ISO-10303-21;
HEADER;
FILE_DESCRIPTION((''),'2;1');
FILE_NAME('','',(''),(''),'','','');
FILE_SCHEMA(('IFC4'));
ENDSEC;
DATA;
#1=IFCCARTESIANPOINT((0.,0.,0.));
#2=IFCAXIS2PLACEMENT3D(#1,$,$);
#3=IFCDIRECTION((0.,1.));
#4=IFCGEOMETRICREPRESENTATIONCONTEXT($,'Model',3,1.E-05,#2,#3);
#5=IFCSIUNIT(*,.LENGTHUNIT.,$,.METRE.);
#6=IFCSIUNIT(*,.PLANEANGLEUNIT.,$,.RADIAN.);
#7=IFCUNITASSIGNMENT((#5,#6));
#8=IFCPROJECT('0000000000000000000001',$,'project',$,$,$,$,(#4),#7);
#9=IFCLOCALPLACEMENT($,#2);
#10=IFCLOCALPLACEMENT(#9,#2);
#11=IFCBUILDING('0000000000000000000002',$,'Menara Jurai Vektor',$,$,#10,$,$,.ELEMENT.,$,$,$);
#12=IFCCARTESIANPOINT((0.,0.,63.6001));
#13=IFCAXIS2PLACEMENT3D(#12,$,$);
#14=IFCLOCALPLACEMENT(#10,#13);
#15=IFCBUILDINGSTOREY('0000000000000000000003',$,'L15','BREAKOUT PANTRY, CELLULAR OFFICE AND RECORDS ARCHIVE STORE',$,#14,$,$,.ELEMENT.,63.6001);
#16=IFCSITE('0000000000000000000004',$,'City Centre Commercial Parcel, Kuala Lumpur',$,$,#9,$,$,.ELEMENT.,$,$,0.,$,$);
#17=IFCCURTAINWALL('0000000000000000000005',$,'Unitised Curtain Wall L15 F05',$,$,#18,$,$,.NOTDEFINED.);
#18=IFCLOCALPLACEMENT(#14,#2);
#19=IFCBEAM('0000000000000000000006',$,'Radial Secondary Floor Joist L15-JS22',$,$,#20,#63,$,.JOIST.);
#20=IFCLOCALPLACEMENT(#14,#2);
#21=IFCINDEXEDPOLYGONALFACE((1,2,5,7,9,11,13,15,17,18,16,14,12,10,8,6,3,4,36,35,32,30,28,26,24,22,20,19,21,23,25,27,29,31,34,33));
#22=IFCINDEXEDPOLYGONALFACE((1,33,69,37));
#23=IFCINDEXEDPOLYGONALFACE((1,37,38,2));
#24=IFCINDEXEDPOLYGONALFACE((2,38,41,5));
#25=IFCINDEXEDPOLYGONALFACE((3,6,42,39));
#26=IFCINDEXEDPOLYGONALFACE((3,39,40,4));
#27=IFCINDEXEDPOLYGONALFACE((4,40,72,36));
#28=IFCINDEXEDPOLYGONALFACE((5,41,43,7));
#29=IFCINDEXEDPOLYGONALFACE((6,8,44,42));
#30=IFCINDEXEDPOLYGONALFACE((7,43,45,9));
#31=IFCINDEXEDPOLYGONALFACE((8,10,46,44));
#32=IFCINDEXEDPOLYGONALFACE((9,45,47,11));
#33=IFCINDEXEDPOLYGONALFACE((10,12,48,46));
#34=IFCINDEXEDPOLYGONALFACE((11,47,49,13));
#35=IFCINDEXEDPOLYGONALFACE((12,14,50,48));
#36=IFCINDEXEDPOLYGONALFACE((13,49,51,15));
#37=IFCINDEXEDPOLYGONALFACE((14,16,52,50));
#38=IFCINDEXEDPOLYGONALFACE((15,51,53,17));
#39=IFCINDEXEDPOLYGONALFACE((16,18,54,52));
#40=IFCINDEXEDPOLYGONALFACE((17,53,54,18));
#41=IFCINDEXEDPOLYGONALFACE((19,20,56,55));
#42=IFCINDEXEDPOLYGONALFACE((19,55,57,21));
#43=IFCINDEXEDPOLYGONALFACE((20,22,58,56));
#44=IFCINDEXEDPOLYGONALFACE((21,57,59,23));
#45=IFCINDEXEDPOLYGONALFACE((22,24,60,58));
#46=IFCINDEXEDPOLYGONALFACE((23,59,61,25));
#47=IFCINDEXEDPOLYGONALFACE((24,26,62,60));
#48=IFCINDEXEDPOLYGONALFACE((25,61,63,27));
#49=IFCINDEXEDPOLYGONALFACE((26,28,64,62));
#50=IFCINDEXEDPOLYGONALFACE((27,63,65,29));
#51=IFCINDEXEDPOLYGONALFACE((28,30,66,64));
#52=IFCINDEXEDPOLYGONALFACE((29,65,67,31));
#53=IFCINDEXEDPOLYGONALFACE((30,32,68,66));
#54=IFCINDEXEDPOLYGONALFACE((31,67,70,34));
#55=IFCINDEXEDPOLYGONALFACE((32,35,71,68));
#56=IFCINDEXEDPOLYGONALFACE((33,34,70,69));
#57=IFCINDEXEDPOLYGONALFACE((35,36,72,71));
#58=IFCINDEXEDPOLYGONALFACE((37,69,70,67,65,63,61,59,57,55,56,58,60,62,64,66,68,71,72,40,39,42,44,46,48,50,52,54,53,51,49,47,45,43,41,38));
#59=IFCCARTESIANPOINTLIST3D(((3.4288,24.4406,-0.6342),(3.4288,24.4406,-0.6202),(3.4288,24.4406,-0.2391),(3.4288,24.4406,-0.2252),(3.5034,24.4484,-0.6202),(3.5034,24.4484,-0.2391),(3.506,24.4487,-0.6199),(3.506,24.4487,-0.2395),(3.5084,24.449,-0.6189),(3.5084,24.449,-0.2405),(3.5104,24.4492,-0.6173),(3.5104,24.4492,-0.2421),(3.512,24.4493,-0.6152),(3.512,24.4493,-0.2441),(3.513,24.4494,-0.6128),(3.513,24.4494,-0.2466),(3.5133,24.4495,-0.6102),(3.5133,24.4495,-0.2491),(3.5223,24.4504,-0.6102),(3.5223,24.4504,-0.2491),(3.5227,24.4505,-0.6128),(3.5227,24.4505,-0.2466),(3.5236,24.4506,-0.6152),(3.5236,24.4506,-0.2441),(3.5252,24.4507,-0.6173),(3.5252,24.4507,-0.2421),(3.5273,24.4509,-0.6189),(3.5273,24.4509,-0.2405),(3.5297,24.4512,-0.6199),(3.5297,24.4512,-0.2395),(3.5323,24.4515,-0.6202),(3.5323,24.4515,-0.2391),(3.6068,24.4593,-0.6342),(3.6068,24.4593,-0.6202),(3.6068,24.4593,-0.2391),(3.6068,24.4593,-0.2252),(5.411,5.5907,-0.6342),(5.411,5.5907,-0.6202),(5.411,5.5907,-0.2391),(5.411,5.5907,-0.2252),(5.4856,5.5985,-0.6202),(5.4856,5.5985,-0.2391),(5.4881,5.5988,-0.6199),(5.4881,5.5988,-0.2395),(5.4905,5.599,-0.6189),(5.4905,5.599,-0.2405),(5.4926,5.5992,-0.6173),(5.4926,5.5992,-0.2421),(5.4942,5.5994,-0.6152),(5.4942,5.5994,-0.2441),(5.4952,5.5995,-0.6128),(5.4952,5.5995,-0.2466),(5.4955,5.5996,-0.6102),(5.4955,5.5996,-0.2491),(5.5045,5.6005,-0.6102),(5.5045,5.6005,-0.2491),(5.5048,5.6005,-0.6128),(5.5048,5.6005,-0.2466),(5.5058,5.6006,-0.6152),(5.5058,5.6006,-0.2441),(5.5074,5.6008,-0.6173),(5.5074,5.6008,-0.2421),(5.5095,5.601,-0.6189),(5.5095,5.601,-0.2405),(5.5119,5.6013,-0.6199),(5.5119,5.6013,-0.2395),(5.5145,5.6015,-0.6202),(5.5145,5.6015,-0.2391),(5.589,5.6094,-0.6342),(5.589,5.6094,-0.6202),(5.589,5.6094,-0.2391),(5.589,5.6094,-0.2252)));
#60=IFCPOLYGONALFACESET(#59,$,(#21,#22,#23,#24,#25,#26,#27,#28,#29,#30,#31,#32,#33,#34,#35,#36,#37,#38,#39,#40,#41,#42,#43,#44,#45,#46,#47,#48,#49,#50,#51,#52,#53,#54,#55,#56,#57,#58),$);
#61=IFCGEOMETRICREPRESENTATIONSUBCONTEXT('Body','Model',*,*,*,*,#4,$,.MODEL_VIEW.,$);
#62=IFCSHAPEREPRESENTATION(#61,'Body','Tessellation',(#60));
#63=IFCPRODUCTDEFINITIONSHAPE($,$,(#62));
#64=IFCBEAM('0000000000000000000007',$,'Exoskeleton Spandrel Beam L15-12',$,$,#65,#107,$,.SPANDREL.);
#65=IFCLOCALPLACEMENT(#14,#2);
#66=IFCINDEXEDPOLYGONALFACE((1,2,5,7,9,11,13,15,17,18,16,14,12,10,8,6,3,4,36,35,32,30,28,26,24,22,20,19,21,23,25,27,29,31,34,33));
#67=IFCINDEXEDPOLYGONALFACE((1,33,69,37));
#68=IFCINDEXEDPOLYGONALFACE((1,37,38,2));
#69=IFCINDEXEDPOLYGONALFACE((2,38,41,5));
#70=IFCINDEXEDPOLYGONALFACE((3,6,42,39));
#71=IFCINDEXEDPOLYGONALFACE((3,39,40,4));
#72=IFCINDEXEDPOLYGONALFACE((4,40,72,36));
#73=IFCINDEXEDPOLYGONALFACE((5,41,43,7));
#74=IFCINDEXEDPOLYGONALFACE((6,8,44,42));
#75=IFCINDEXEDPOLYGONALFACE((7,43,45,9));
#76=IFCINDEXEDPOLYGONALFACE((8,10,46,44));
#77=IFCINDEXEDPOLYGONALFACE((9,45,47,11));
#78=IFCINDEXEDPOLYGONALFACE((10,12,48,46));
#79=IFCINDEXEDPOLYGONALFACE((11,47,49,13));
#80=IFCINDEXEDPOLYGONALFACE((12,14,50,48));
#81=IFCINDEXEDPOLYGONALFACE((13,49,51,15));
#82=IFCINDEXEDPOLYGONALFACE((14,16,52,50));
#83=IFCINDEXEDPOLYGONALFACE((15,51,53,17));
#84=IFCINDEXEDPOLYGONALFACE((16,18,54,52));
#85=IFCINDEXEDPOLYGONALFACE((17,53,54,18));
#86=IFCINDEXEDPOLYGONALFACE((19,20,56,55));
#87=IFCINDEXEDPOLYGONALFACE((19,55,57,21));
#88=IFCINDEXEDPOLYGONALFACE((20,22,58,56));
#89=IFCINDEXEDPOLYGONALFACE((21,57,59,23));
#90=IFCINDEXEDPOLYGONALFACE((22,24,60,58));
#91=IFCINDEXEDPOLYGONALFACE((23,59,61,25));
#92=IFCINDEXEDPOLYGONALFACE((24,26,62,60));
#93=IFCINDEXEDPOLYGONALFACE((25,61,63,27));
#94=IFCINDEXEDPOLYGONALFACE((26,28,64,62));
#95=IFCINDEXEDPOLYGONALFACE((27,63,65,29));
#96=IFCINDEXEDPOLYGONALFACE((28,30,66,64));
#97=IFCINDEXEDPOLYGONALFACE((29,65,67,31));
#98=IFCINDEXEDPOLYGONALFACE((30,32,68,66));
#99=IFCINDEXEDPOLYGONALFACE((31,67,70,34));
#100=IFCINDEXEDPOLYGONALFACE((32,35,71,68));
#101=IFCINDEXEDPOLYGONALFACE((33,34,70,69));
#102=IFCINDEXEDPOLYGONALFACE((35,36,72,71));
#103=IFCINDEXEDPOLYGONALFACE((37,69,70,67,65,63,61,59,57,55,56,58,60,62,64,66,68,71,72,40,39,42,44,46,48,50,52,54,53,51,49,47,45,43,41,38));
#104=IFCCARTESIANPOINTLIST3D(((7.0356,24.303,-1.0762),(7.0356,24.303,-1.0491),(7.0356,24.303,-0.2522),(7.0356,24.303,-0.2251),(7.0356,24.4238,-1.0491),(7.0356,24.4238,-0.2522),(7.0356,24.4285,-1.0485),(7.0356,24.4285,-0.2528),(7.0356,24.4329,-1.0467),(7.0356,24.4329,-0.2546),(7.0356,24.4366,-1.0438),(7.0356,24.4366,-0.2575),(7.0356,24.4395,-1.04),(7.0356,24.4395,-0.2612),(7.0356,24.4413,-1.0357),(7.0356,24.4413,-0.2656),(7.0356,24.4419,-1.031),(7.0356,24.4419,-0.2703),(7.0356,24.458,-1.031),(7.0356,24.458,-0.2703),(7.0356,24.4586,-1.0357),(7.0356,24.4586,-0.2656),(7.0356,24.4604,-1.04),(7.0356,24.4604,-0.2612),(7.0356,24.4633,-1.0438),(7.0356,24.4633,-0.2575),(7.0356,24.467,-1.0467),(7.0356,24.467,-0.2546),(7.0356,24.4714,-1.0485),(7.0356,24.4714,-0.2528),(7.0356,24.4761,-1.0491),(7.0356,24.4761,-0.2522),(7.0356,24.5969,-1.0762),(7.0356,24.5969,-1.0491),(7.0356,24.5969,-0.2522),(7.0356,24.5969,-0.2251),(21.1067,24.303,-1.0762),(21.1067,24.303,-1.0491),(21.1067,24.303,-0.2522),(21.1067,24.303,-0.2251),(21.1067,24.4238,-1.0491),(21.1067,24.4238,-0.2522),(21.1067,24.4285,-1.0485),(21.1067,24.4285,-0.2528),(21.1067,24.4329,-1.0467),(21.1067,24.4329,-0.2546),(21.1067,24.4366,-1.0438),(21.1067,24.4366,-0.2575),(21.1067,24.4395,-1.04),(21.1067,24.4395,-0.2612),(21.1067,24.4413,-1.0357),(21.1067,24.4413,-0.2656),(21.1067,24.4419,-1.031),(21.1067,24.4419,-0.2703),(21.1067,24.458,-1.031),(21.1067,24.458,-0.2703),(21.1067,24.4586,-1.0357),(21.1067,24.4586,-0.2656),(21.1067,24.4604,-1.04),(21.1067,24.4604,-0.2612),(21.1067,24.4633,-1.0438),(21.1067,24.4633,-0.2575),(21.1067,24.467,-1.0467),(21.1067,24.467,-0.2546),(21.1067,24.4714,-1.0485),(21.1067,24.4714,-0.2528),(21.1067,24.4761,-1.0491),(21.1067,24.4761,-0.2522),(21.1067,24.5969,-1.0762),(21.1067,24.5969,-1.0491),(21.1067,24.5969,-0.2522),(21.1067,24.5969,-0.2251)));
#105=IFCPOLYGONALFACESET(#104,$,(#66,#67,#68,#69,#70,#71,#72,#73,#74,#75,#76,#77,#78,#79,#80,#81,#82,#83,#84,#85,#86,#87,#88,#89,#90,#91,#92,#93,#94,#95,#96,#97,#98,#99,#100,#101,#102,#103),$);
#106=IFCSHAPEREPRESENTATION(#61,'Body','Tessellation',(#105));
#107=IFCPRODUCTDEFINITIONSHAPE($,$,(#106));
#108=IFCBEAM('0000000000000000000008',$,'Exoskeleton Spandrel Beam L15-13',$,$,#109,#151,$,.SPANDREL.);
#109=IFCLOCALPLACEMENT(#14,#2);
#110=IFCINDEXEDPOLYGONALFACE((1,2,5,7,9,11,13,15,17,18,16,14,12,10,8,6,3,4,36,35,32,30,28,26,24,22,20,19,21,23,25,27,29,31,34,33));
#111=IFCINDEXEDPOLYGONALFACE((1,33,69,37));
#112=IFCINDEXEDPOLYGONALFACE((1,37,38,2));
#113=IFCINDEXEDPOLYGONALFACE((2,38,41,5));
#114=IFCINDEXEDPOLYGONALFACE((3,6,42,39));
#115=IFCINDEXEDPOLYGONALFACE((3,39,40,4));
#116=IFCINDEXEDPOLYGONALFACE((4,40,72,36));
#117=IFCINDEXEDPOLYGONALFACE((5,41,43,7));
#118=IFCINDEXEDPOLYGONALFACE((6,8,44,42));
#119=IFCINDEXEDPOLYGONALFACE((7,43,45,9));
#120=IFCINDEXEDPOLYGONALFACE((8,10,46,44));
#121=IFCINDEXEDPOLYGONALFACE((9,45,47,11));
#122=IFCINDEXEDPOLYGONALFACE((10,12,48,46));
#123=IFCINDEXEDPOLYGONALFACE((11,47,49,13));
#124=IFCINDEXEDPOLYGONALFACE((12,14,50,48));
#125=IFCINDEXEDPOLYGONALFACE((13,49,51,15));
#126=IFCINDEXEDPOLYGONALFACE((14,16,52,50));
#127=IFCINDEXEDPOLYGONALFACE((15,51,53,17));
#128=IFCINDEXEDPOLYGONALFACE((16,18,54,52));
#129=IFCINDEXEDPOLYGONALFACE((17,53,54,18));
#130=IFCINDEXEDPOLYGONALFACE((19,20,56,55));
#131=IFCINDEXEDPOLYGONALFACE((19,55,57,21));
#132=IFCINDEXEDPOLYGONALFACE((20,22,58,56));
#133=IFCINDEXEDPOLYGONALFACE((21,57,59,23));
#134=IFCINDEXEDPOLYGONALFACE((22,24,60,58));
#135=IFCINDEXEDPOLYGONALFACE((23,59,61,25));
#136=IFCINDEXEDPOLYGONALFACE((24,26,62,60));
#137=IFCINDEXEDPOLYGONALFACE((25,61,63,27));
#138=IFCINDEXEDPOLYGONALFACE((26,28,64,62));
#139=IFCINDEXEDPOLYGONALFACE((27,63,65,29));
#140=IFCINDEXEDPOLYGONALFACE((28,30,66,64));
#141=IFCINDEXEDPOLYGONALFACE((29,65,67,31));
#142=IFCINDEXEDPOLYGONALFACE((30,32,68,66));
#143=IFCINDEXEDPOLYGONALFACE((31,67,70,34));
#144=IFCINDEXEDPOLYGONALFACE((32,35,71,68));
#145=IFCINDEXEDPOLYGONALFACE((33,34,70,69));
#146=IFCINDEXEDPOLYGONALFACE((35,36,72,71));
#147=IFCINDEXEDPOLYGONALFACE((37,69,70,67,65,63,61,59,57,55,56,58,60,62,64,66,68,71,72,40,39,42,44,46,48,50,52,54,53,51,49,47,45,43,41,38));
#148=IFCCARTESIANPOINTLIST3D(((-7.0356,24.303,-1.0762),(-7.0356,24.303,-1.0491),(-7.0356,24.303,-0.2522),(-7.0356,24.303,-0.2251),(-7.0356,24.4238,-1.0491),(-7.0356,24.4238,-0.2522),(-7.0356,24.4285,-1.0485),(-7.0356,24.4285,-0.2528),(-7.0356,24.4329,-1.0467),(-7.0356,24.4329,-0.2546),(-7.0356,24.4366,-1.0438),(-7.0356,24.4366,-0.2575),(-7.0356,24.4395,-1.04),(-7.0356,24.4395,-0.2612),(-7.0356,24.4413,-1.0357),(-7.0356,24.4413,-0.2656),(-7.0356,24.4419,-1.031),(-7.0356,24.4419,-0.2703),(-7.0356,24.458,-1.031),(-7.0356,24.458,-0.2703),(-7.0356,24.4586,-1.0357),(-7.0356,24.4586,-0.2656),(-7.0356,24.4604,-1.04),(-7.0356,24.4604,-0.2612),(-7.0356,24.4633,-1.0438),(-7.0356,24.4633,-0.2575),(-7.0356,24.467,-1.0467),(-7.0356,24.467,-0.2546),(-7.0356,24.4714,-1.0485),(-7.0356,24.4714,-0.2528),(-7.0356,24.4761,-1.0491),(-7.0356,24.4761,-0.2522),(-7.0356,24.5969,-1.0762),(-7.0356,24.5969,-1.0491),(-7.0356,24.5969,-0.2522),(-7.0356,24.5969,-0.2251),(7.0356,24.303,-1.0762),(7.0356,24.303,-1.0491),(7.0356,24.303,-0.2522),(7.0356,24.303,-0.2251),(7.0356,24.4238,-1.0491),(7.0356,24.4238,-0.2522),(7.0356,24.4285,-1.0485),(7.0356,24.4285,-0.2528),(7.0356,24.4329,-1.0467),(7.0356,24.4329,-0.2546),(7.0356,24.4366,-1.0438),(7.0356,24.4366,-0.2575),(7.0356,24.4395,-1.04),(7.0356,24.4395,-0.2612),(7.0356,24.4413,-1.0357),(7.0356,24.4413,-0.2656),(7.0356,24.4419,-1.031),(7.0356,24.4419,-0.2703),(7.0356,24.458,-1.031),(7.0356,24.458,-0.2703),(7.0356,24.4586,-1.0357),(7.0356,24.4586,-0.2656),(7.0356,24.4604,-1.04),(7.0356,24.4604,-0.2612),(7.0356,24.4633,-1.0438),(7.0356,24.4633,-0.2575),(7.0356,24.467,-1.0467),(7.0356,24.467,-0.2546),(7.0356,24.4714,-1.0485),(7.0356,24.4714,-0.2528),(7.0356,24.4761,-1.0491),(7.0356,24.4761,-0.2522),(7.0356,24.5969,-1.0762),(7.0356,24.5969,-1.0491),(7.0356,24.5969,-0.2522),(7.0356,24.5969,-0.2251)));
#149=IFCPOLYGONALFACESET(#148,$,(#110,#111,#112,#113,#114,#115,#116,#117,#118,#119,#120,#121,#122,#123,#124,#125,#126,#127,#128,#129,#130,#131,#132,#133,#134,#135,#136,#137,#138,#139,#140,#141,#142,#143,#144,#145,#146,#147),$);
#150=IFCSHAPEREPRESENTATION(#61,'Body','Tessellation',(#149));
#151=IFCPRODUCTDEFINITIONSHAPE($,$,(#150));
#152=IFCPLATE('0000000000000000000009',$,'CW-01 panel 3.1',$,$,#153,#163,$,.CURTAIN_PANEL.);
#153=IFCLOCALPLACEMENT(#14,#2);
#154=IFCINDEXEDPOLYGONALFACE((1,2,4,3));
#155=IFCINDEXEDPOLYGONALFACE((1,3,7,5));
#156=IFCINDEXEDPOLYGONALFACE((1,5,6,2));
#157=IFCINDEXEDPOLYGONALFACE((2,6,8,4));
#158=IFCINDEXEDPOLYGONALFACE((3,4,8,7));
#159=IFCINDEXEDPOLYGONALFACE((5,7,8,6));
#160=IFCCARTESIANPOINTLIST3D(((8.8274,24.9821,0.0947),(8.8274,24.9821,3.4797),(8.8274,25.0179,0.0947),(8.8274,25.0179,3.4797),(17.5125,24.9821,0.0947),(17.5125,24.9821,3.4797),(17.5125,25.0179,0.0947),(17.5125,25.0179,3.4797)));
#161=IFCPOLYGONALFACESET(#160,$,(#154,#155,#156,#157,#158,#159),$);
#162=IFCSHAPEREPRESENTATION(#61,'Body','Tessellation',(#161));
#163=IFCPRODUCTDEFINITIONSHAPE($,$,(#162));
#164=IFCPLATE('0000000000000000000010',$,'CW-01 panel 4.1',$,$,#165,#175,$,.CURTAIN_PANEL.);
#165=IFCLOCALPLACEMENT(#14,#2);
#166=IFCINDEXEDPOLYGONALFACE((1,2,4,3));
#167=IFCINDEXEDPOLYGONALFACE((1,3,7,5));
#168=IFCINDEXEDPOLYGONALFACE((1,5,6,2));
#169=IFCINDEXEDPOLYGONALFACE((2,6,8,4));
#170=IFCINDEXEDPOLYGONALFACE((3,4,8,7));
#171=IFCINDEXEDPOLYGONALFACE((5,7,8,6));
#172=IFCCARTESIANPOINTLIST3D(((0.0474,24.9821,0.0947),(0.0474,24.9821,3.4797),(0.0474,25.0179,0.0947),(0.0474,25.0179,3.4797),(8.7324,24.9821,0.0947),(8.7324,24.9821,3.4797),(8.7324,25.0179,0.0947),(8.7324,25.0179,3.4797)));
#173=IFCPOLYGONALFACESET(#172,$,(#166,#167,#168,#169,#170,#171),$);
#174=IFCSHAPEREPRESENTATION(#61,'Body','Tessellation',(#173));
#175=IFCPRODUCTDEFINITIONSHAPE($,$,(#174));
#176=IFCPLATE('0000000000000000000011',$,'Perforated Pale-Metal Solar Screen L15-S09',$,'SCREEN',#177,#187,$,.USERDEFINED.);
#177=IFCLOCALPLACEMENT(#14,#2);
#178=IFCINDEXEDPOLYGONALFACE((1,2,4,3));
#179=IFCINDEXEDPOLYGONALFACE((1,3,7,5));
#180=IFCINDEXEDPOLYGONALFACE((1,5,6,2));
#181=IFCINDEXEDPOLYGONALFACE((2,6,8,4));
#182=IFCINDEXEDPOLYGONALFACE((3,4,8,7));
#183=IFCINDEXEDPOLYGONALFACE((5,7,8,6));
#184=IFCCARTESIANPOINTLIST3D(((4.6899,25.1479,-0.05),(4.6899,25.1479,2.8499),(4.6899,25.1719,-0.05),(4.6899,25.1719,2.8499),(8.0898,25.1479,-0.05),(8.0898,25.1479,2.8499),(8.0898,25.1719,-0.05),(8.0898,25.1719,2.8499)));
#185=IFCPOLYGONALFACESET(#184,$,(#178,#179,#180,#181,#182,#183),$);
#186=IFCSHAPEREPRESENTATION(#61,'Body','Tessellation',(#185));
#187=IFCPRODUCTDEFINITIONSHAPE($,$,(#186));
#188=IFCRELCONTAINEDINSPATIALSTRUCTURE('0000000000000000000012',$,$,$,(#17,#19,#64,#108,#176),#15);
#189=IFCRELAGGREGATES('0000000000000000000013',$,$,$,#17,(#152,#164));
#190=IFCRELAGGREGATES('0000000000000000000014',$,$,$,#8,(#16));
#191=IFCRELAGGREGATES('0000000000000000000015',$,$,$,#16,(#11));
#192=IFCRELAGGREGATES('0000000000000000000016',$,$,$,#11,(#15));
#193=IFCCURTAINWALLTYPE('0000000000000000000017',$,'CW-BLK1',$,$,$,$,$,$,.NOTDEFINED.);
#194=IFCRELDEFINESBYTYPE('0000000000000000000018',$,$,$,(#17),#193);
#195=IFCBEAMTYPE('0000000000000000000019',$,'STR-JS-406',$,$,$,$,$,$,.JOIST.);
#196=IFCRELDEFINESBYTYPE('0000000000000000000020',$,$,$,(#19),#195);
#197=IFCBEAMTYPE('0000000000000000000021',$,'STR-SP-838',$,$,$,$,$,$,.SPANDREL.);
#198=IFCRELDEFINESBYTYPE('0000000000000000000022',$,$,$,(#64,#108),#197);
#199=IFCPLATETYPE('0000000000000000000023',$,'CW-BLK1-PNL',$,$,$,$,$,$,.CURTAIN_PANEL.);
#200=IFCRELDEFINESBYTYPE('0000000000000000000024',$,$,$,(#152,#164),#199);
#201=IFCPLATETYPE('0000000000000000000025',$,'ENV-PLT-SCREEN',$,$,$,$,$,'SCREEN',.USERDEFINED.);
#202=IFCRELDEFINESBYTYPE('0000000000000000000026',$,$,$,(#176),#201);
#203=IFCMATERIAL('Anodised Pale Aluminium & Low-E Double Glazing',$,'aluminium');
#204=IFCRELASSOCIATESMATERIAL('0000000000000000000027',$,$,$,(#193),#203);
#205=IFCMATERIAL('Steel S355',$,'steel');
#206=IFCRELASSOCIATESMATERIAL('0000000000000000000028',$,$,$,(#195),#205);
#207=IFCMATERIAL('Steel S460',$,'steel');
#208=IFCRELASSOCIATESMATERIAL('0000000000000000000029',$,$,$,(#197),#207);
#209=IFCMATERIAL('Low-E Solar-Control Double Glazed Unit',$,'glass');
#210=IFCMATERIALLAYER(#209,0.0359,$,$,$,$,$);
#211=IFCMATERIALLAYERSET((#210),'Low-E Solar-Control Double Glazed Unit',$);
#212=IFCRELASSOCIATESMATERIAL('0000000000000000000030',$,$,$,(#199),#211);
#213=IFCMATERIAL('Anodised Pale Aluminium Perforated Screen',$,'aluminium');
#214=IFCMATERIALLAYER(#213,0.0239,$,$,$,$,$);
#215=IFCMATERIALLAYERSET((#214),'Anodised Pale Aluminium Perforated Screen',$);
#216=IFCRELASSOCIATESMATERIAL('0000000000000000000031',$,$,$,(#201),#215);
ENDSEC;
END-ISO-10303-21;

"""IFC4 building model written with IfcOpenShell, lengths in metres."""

from ifc_helpers import new_model, si_unit, direction, frame, origin, origin_2d, place, context, subcontext, project, spatial, rectangle, i_section, extrude, material, layer, layer_set, material_profile, profile_set, type_object, element, aggregate, save


model = new_model("IFC4")

# Units and contexts
model_context = context("Model", 3, precision=1e-05, world=origin(), true_north=direction((0.0, 1.0)))
body_context = subcontext(model_context, "Body", "Model", "MODEL_VIEW")
ifc_project = project(units=[si_unit("LENGTHUNIT", "METRE"), si_unit("PLANEANGLEUNIT", "RADIAN")], contexts=[model_context])

# Site, building, storey
site_placement = place(None, origin())
site = spatial("IfcSite", under=ifc_project, at=site_placement, Name="City Centre Commercial Parcel, Kuala Lumpur", CompositionType="ELEMENT", RefElevation=0.0)
building_placement = place(site_placement, origin())
building = spatial("IfcBuilding", under=site, at=building_placement, Name="Menara Jurai Vektor", CompositionType="ELEMENT")
storey_placement = place(building_placement, frame((0.0, 0.0, 63.6001)))
storey = spatial("IfcBuildingStorey", under=building, at=storey_placement, Name="L15", Description="BREAKOUT PANTRY, CELLULAR OFFICE AND RECORDS ARCHIVE STORE", CompositionType="ELEMENT", Elevation=63.6001)

# Shared definitions
ifc_material_1 = material(Name="Steel S460", Category="steel")

# Curtain wall
ifc_material_2 = material(Name="Anodised Pale Aluminium & Low-E Double Glazing", Category="aluminium")
curtain_wall_type = type_object("IfcCurtainWallType", Name="CW-BLK1", PredefinedType="NOTDEFINED", material=ifc_material_2)
curtain_wall_placement = place(storey_placement, origin())
curtain_wall = element("IfcCurtainWall", 1, at=curtain_wall_placement, inside=storey, type_object=curtain_wall_type, Name="Unitised Curtain Wall L15 F05", PredefinedType="NOTDEFINED")

# Beams
ifc_material_3 = material(Name="Steel S355", Category="steel")
ifc_material_profile_1 = material_profile(ifc_material_3, i_section(OverallWidth=0.179, OverallDepth=0.4089, WebThickness=0.009, FlangeThickness=0.0139, FilletRadius=0.01, at=origin_2d()), Name="UKB 406x178x67")
ifc_profile_set_1 = profile_set([ifc_material_profile_1], Name="Steel S355")
beam_type_1 = type_object("IfcBeamType", Name="STR-JS-406", PredefinedType="JOIST", material=ifc_profile_set_1)
beam_1_placement = place(storey_placement, frame((3.5178, 24.45, -0.4297), z_axis=(0.10458, -0.994517, 0.0), x_axis=(0.994517, 0.10458, 0.0)))
element("IfcBeam", 2, at=beam_1_placement, inside=storey, type_object=beam_type_1, Name="Radial Secondary Floor Joist L15-JS22", PredefinedType="JOIST", context=body_context, shape_type="SweptSolid", body=[
    extrude(i_section(OverallWidth=0.179, OverallDepth=0.4089, WebThickness=0.009, FlangeThickness=0.0139, FilletRadius=0.01, at=origin_2d()), origin(), (0.0, 0.0, 1.0), 18.9539),
])
ifc_material_profile_2 = material_profile(ifc_material_1, i_section(OverallWidth=0.2939, OverallDepth=0.8511, WebThickness=0.0161, FlangeThickness=0.0271, FilletRadius=0.0181, at=origin_2d()), Name="UKB 838x292x226")
ifc_profile_set_2 = profile_set([ifc_material_profile_2], Name="Steel S460")
beam_type_2 = type_object("IfcBeamType", Name="STR-SP-838", PredefinedType="SPANDREL", material=ifc_profile_set_2)
beam_2_placement = place(storey_placement, frame((21.1067, 24.45, -0.6506), z_axis=(-1.0, 0.0, 0.0), x_axis=(0.0, -1.0, 0.0)))
element("IfcBeam", 3, at=beam_2_placement, inside=storey, type_object=beam_type_2, Name="Exoskeleton Spandrel Beam L15-12", PredefinedType="SPANDREL", context=body_context, shape_type="SweptSolid", body=[
    extrude(i_section(OverallWidth=0.2939, OverallDepth=0.8511, WebThickness=0.0161, FlangeThickness=0.0271, FilletRadius=0.0181, at=origin_2d()), origin(), (0.0, 0.0, 1.0), 14.071),
])
beam_3_placement = place(storey_placement, frame((7.0356, 24.45, -0.6506), z_axis=(-1.0, 0.0, 0.0), x_axis=(0.0, -1.0, 0.0)))
element("IfcBeam", 4, at=beam_3_placement, inside=storey, type_object=beam_type_2, Name="Exoskeleton Spandrel Beam L15-13", PredefinedType="SPANDREL", context=body_context, shape_type="SweptSolid", body=[
    extrude(i_section(OverallWidth=0.2939, OverallDepth=0.8511, WebThickness=0.0161, FlangeThickness=0.0271, FilletRadius=0.0181, at=origin_2d()), origin(), (0.0, 0.0, 1.0), 14.0713),
])

# Plates
ifc_material_4 = material(Name="Low-E Solar-Control Double Glazed Unit", Category="glass")
ifc_layer_1 = layer(ifc_material_4, 0.0359)
ifc_layer_set_1 = layer_set([ifc_layer_1], Name="Low-E Solar-Control Double Glazed Unit")
plate_type_1 = type_object("IfcPlateType", Name="CW-BLK1-PNL", PredefinedType="CURTAIN_PANEL", material=ifc_layer_set_1)
plate_1_placement = place(storey_placement, frame((13.1699, 25.0, 0.0947), z_axis=(0.0, 0.0, 1.0), x_axis=(-1.0, 0.0, 0.0)))
plate_1 = element("IfcPlate", 5, at=plate_1_placement, type_object=plate_type_1, Name="CW-01 panel 3.1", PredefinedType="CURTAIN_PANEL", context=body_context, shape_type="SweptSolid", body=[
    extrude(rectangle(XDim=8.6851, YDim=0.0359, at=origin_2d()), origin(), (0.0, 0.0, 1.0), 3.385),
])
plate_2_placement = place(storey_placement, frame((4.3899, 25.0, 0.0947), z_axis=(0.0, 0.0, 1.0), x_axis=(-1.0, 0.0, 0.0)))
plate_2 = element("IfcPlate", 6, at=plate_2_placement, type_object=plate_type_1, Name="CW-01 panel 4.1", PredefinedType="CURTAIN_PANEL", context=body_context, shape_type="SweptSolid", body=[
    extrude(rectangle(XDim=8.6851, YDim=0.0359, at=origin_2d()), origin(), (0.0, 0.0, 1.0), 3.385),
])
aggregate(curtain_wall, [plate_1, plate_2])
ifc_material_5 = material(Name="Anodised Pale Aluminium Perforated Screen", Category="aluminium")
ifc_layer_2 = layer(ifc_material_5, 0.0239)
ifc_layer_set_2 = layer_set([ifc_layer_2], Name="Anodised Pale Aluminium Perforated Screen")
plate_type_2 = type_object("IfcPlateType", Name="ENV-PLT-SCREEN", ElementType="SCREEN", PredefinedType="USERDEFINED", material=ifc_layer_set_2)
plate_3_placement = place(storey_placement, frame((6.3899, 25.1599, -0.05), z_axis=(0.0, 0.0, 1.0), x_axis=(-1.0, 0.0, 0.0)))
element("IfcPlate", 7, at=plate_3_placement, inside=storey, type_object=plate_type_2, Name="Perforated Pale-Metal Solar Screen L15-S09", ObjectType="SCREEN", PredefinedType="USERDEFINED", context=body_context, shape_type="SweptSolid", body=[
    extrude(rectangle(XDim=3.3999, YDim=0.0239, at=origin_2d()), origin(), (0.0, 0.0, 1.0), 2.8999),
])

save(model, "model.ifc")
